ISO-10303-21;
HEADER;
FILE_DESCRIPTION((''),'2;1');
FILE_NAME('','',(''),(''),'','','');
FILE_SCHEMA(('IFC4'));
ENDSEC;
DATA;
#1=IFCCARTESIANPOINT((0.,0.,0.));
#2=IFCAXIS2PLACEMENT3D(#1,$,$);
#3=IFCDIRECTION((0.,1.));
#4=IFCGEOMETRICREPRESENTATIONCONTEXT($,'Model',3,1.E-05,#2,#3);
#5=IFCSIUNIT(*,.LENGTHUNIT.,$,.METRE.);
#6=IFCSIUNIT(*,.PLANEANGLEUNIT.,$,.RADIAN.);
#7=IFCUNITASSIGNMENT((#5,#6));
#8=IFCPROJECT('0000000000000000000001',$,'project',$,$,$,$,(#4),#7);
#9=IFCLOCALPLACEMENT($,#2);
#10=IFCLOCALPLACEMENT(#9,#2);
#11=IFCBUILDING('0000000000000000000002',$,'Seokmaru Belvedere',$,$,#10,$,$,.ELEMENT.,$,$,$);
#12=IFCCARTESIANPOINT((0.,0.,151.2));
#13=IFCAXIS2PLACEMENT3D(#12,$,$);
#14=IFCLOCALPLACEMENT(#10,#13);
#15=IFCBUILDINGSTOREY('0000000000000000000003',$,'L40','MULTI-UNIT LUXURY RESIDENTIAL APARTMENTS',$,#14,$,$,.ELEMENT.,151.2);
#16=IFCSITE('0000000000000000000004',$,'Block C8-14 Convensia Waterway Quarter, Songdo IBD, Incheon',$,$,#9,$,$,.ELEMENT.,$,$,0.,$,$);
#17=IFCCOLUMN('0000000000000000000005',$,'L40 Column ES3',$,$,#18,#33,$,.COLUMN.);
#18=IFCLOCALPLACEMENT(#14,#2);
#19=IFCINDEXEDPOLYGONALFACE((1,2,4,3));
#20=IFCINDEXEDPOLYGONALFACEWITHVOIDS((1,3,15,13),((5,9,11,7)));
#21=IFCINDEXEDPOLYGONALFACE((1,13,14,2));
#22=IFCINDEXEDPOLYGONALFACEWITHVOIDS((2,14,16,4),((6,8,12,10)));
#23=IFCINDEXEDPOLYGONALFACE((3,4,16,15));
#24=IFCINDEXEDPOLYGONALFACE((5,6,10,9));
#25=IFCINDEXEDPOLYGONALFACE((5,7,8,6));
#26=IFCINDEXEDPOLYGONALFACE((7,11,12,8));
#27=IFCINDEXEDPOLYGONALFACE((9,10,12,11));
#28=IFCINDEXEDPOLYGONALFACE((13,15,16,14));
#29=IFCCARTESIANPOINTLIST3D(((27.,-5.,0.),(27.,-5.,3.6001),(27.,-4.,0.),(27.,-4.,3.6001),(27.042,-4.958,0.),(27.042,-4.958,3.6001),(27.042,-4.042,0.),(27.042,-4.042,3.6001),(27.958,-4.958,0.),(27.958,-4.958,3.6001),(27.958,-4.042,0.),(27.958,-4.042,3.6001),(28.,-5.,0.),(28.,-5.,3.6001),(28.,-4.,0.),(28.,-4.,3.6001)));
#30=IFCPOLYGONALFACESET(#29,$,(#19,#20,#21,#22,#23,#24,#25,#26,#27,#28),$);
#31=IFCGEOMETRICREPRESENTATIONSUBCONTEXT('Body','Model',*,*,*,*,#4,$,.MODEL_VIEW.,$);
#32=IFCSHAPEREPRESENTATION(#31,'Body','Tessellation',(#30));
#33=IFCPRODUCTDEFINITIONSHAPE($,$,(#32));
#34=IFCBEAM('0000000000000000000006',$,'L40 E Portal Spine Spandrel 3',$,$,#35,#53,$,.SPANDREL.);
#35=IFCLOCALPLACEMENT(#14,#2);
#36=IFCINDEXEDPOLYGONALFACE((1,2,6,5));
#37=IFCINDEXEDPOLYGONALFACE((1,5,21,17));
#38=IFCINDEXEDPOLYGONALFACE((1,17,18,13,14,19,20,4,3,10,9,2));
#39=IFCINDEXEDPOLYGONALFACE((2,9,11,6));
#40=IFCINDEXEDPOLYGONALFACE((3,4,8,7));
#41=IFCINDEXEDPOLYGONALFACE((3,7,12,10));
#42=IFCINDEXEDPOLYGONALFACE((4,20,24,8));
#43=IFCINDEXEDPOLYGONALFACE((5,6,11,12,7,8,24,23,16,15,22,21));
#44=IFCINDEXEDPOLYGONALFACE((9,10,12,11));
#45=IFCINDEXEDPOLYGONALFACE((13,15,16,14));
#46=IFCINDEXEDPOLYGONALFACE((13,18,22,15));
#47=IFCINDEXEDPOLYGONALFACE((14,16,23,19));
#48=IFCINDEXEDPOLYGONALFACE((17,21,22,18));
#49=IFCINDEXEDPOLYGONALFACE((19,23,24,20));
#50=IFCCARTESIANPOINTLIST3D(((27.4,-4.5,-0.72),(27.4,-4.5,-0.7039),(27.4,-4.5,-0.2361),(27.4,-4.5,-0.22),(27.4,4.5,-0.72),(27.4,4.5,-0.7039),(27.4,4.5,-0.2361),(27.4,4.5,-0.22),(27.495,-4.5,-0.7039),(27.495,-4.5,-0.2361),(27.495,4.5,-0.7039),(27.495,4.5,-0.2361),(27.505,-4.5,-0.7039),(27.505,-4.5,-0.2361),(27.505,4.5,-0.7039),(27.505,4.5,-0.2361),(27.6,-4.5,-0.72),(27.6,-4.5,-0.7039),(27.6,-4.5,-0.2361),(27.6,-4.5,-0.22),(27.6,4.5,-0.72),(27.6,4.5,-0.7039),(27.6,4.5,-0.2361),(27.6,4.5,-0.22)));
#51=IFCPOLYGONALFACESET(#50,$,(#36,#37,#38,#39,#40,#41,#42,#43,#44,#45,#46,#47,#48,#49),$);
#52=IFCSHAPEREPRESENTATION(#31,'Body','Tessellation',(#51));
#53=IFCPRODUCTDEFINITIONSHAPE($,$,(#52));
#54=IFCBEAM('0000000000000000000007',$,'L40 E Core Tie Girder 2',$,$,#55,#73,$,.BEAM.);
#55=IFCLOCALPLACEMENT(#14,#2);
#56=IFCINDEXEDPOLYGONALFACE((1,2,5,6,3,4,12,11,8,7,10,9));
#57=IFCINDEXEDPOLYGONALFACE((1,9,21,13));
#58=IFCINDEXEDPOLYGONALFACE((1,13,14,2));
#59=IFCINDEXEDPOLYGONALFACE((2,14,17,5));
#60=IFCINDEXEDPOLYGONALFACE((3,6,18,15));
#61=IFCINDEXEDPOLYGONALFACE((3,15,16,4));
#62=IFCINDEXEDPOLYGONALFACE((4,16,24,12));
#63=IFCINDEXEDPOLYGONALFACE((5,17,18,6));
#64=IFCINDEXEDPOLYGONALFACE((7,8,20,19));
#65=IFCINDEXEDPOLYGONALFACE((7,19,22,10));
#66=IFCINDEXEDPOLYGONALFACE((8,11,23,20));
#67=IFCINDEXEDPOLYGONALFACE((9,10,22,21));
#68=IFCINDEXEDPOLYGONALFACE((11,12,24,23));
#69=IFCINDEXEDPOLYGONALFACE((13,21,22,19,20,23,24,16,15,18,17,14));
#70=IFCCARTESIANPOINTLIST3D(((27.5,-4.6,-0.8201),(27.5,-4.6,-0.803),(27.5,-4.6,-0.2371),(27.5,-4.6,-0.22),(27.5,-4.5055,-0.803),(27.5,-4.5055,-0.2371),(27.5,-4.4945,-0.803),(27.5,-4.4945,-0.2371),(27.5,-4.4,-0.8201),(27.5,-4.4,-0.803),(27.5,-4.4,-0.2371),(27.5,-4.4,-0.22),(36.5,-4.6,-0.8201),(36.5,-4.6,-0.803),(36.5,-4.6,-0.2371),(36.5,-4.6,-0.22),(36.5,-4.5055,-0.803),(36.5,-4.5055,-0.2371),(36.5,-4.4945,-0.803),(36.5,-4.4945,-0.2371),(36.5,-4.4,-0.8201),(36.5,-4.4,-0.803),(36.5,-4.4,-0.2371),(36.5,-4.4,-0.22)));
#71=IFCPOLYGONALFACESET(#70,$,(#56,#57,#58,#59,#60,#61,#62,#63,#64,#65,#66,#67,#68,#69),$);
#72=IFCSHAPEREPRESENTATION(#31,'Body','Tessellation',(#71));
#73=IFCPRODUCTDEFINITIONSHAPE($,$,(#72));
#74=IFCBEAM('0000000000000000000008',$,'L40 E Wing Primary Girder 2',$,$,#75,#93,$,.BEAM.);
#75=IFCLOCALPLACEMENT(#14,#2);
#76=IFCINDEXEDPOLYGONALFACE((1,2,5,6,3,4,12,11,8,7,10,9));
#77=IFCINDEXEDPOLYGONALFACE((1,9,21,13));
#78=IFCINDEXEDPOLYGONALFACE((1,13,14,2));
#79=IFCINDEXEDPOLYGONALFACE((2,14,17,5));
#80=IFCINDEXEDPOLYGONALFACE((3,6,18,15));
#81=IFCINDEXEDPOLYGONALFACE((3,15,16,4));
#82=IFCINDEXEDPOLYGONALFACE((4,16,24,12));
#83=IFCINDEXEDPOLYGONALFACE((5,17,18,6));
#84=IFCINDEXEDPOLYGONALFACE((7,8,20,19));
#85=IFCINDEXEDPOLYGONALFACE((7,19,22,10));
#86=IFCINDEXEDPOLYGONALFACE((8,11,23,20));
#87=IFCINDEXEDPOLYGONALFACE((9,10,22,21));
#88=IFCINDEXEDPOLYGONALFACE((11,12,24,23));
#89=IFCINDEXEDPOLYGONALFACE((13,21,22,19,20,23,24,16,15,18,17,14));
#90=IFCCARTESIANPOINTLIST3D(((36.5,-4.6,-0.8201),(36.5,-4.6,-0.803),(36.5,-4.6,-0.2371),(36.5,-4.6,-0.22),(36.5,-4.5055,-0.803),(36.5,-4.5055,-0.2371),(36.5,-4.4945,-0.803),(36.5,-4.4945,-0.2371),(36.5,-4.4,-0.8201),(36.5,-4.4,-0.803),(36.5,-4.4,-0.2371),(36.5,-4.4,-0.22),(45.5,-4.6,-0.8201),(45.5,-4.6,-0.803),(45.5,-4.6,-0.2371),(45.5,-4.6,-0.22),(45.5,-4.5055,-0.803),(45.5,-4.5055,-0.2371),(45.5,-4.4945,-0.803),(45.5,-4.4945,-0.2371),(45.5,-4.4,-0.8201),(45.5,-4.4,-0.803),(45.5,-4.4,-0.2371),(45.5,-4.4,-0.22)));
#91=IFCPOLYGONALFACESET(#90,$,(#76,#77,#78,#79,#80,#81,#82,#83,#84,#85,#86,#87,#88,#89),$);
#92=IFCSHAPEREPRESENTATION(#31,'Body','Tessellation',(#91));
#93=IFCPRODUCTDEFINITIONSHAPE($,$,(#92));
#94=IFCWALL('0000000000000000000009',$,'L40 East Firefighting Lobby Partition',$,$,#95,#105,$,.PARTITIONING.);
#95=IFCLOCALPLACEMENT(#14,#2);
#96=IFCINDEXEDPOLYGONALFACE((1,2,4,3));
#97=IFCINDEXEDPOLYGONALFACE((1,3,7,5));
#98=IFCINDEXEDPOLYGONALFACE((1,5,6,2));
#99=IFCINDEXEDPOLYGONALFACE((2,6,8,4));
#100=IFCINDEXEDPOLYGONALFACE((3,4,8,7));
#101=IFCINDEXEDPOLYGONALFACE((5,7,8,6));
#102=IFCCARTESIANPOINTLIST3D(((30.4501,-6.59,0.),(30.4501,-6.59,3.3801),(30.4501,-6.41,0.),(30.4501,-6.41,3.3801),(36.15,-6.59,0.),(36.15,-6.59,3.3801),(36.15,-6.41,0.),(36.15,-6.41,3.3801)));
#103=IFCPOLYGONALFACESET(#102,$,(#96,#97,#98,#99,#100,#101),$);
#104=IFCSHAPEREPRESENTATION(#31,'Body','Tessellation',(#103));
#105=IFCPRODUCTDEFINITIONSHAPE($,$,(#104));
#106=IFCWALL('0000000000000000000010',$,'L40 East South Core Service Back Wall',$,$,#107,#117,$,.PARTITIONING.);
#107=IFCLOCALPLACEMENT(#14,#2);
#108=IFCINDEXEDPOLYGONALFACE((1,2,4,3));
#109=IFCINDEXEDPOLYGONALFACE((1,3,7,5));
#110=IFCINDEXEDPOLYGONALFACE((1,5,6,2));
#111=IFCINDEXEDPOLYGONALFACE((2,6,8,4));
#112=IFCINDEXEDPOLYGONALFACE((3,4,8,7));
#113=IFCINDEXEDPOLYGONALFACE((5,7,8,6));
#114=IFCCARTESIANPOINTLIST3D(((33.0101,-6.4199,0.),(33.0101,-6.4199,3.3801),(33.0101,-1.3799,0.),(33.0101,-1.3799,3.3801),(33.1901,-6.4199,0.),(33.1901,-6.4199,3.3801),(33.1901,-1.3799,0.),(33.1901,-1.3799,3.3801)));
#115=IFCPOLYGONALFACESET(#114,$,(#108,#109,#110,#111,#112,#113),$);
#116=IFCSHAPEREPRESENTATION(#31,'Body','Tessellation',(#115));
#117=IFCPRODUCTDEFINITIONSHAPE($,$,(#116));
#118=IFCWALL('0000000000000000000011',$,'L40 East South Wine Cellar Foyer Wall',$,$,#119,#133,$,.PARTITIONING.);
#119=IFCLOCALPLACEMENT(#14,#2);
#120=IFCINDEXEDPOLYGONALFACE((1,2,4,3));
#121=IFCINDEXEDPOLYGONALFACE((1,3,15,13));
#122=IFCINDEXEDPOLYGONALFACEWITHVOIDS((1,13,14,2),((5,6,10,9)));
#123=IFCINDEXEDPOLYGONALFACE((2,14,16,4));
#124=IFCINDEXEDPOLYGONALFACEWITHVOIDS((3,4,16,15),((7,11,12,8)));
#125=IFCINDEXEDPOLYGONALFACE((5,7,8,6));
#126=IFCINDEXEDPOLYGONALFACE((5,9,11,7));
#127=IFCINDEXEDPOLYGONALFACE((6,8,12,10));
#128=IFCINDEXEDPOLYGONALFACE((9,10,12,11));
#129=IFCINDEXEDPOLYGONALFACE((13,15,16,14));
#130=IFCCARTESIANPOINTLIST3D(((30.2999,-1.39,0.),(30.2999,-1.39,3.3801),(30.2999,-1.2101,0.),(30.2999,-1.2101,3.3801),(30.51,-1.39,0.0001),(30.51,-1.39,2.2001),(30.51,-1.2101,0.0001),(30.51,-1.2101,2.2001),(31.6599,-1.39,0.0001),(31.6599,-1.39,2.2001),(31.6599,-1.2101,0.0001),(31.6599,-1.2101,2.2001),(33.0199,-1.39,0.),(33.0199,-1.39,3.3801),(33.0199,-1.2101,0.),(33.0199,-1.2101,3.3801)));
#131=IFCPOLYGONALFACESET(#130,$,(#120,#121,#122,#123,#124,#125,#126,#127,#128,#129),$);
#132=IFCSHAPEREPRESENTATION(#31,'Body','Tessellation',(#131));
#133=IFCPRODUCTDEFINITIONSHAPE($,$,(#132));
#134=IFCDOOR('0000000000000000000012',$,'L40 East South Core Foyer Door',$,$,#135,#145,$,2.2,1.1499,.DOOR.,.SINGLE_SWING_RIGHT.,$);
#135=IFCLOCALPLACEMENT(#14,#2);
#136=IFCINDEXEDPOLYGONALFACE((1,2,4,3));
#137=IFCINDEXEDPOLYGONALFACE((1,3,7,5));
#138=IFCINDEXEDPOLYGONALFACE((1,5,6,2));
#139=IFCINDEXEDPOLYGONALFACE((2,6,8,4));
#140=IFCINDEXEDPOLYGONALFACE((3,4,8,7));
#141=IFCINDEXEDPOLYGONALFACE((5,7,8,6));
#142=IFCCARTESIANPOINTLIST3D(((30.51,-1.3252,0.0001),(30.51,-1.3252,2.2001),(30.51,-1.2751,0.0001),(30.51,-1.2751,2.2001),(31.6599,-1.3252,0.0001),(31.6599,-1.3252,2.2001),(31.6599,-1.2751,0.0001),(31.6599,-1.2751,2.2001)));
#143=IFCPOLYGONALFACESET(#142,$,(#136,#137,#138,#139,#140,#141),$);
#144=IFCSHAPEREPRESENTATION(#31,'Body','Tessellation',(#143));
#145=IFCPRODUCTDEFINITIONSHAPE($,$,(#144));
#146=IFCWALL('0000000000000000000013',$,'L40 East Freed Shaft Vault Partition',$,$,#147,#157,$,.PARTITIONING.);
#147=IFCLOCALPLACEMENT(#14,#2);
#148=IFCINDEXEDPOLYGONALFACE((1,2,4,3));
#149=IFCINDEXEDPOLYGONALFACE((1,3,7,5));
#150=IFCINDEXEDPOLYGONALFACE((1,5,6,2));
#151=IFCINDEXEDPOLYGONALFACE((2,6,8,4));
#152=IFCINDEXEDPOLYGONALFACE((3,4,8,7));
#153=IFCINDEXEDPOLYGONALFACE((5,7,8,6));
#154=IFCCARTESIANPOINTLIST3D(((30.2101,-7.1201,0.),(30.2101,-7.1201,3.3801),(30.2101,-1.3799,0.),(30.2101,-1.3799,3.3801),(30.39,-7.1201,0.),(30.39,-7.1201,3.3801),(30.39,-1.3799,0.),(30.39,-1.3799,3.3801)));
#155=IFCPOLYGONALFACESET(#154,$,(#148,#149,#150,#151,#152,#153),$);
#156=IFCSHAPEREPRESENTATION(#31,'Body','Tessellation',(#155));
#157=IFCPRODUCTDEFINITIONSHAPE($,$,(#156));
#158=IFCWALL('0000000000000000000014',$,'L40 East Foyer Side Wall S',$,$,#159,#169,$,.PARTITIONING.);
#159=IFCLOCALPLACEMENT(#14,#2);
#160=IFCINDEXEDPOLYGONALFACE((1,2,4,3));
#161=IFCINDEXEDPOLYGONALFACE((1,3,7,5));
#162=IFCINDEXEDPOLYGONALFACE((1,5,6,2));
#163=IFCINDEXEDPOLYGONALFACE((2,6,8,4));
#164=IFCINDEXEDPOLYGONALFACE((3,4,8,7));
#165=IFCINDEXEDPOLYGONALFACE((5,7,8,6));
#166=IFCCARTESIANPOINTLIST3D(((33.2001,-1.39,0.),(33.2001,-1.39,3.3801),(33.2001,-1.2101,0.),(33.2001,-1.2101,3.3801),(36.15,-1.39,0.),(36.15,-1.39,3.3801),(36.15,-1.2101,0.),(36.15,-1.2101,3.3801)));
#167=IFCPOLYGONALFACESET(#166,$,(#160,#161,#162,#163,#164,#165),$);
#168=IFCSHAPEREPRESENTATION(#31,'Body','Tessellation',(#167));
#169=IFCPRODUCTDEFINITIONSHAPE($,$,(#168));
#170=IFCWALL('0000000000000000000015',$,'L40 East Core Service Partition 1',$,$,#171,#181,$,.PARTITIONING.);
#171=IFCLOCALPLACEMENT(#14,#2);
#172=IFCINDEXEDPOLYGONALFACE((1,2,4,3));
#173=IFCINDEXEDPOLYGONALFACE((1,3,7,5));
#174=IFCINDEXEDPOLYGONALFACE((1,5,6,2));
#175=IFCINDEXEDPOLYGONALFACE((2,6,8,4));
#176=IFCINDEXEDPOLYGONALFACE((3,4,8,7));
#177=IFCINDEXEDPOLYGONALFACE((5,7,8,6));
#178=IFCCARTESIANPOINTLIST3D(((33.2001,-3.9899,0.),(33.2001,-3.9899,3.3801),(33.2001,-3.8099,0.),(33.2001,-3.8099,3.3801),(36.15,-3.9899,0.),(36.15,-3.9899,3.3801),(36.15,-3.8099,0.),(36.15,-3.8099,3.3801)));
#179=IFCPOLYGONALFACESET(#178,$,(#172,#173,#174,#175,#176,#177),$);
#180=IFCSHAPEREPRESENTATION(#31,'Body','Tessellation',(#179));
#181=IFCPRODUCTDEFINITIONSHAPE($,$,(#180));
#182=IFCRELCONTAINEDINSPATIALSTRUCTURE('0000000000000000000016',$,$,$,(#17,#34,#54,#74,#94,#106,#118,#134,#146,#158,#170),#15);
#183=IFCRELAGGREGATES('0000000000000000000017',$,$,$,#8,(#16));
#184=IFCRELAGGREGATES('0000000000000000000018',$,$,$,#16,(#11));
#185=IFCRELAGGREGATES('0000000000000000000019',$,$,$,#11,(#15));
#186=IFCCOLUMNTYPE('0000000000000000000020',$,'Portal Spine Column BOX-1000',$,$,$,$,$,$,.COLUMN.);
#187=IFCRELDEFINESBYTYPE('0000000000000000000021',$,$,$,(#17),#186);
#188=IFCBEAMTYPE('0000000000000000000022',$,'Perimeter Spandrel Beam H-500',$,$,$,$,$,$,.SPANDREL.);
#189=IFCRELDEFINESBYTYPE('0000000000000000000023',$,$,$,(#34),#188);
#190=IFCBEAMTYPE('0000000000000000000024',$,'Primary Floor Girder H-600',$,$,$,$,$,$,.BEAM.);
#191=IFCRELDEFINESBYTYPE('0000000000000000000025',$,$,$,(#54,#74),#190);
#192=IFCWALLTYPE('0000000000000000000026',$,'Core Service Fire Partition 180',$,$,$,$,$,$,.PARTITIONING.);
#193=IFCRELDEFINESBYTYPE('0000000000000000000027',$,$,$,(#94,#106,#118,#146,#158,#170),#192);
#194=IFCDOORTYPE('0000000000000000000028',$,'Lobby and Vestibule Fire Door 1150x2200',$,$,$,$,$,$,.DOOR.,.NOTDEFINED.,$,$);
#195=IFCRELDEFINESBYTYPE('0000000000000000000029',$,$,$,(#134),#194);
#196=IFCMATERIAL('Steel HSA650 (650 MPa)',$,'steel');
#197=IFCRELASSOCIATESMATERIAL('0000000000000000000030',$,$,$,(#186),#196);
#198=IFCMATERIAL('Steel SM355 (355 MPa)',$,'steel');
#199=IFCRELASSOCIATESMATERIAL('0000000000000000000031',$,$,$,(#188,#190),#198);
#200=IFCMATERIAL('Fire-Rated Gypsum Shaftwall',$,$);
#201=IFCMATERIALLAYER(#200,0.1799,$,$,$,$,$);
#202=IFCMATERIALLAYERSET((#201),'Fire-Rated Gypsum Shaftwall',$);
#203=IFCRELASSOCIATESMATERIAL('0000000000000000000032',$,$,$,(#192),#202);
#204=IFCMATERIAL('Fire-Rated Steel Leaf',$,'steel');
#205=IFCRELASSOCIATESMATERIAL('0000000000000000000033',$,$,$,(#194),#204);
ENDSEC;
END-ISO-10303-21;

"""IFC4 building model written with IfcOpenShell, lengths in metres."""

from ifc_helpers import new_model, si_unit, direction, frame, frame_2d, origin, origin_2d, place, context, subcontext, project, spatial, rectangle, hollow_rectangle, i_section, extrude, source, transform, mapped, material, layer, layer_set, material_profile, profile_set, type_object, type_shapes, element, fill, save


model = new_model("IFC4")

# Units and contexts
model_context = context("Model", 3, precision=1e-05, world=origin(), true_north=direction((0.0, 1.0)))
body_context = subcontext(model_context, "Body", "Model", "MODEL_VIEW")
ifc_project = project(units=[si_unit("LENGTHUNIT", "METRE"), si_unit("PLANEANGLEUNIT", "RADIAN")], contexts=[model_context])

# Site, building, storey
site_placement = place(None, origin())
site = spatial("IfcSite", under=ifc_project, at=site_placement, Name="Block C8-14 Convensia Waterway Quarter, Songdo IBD, Incheon", CompositionType="ELEMENT", RefElevation=0.0)
building_placement = place(site_placement, origin())
building = spatial("IfcBuilding", under=site, at=building_placement, Name="Seokmaru Belvedere", CompositionType="ELEMENT")
storey_placement = place(building_placement, frame((0.0, 0.0, 151.2)))
storey = spatial("IfcBuildingStorey", under=building, at=storey_placement, Name="L40", Description="MULTI-UNIT LUXURY RESIDENTIAL APARTMENTS", CompositionType="ELEMENT", Elevation=151.2)

# Column
ifc_material_1 = material(Name="Steel HSA650 (650 MPa)", Category="steel")
ifc_material_profile_1 = material_profile(ifc_material_1, hollow_rectangle(XDim=1.0, YDim=1.0, WallThickness=0.042, at=origin_2d()), Name="BOX-1000x1000x42")
ifc_profile_set_1 = profile_set([ifc_material_profile_1], Name="Steel HSA650 (650 MPa)")
column_type = type_object("IfcColumnType", Name="Portal Spine Column BOX-1000", PredefinedType="COLUMN", material=ifc_profile_set_1)
shared_shape_1 = source(origin(), body_context, "Body", "SweptSolid", [
    extrude(hollow_rectangle(XDim=1.0, YDim=1.0, WallThickness=0.042, at=origin_2d()), origin(), (0.0, 0.0, 1.0), 3.6001),
])
type_shapes(column_type, [shared_shape_1])
column_placement = place(storey_placement, frame((27.5, -4.5, 0.0), z_axis=(0.0, 0.0, 1.0), x_axis=(1.0, 0.0, 0.0)))
element("IfcColumn", 1, at=column_placement, inside=storey, type_object=column_type, Name="L40 Column ES3", PredefinedType="COLUMN", context=body_context, shape_type="MappedRepresentation", body=[
    mapped(shared_shape_1, transform((0.0, 0.0, 0.0), scale=1.0)),
])

# Beams
ifc_material_2 = material(Name="Steel SM355 (355 MPa)", Category="steel")
ifc_material_profile_2 = material_profile(ifc_material_2, i_section(OverallWidth=0.2, OverallDepth=0.5, WebThickness=0.01, FlangeThickness=0.0161, at=origin_2d()), Name="H-500x200x10x16")
ifc_profile_set_2 = profile_set([ifc_material_profile_2], Name="Steel SM355 (355 MPa)")
beam_type_1 = type_object("IfcBeamType", Name="Perimeter Spandrel Beam H-500", PredefinedType="SPANDREL", material=ifc_profile_set_2)
shared_shape_2 = source(origin(), body_context, "Body", "SweptSolid", [
    extrude(i_section(OverallWidth=0.2, OverallDepth=0.5, WebThickness=0.01, FlangeThickness=0.0161, at=origin_2d()), origin(), (0.0, 0.0, 1.0), 9.0),
])
type_shapes(beam_type_1, [shared_shape_2])
beam_placement = place(storey_placement, frame((27.5, -4.5, -0.47), z_axis=(0.0, 1.0, 0.0), x_axis=(-1.0, 0.0, 0.0)))
element("IfcBeam", 2, at=beam_placement, inside=storey, type_object=beam_type_1, Name="L40 E Portal Spine Spandrel 3", PredefinedType="SPANDREL", context=body_context, shape_type="MappedRepresentation", body=[
    mapped(shared_shape_2, transform((0.0, 0.0, 0.0), scale=1.0)),
])
ifc_material_profile_3 = material_profile(ifc_material_2, i_section(OverallWidth=0.2, OverallDepth=0.6001, WebThickness=0.011, FlangeThickness=0.0171, at=origin_2d()), Name="H-600x200x11x17")
ifc_profile_set_3 = profile_set([ifc_material_profile_3], Name="Steel SM355 (355 MPa)")
beam_type_2 = type_object("IfcBeamType", Name="Primary Floor Girder H-600", PredefinedType="BEAM", material=ifc_profile_set_3)
shared_shape_3 = source(origin(), body_context, "Body", "SweptSolid", [
    extrude(i_section(OverallWidth=0.2, OverallDepth=0.6001, WebThickness=0.011, FlangeThickness=0.0171, at=origin_2d()), origin(), (0.0, 0.0, 1.0), 9.0),
])
type_shapes(beam_type_2, [shared_shape_3])
for number, where, z_axis, x_axis, name in (
    (3, (27.5, -4.5, -0.52), (1.0, 0.0, 0.0), (0.0, 1.0, 0.0), "L40 E Core Tie Girder 2"),
    (4, (36.5, -4.5, -0.52), (1.0, 0.0, 0.0), (0.0, 1.0, 0.0), "L40 E Wing Primary Girder 2"),
):
    element("IfcBeam", number, at=place(storey_placement, frame(where, z_axis=z_axis, x_axis=x_axis)), inside=storey, type_object=beam_type_2, Name=name, PredefinedType="BEAM", context=body_context, shape_type="MappedRepresentation", body=[
        mapped(shared_shape_3, transform((0.0, 0.0, 0.0), scale=1.0)),
    ])

# Walls
ifc_material_3 = material(Name="Fire-Rated Gypsum Shaftwall")
ifc_layer_1 = layer(ifc_material_3, 0.1799)
ifc_layer_set_1 = layer_set([ifc_layer_1], Name="Fire-Rated Gypsum Shaftwall")
wall_type_1 = type_object("IfcWallType", Name="Core Service Fire Partition 180", PredefinedType="PARTITIONING", material=ifc_layer_set_1)
wall_1_placement = place(storey_placement, frame((30.45, -6.5, 0.0), z_axis=(0.0, 0.0, 1.0), x_axis=(1.0, 0.0, 0.0)))
element("IfcWall", 5, at=wall_1_placement, inside=storey, type_object=wall_type_1, Name="L40 East Firefighting Lobby Partition", PredefinedType="PARTITIONING", context=body_context, shape_type="SweptSolid", body=[
    extrude(rectangle(XDim=5.7, YDim=0.1799, at=frame_2d((2.8501, 0.0))), origin(), (0.0, 0.0, 1.0), 3.3801),
])
wall_2_placement = place(storey_placement, frame((33.1001, -6.4199, 0.0), z_axis=(0.0, 0.0, 1.0), x_axis=(0.0, 1.0, 0.0)))
element("IfcWall", 6, at=wall_2_placement, inside=storey, type_object=wall_type_1, Name="L40 East South Core Service Back Wall", PredefinedType="PARTITIONING", context=body_context, shape_type="SweptSolid", body=[
    extrude(rectangle(XDim=5.04, YDim=0.1799, at=frame_2d((2.52, 0.0))), origin(), (0.0, 0.0, 1.0), 3.3801),
])

# Wall, opening, door
ifc_material_4 = material(Name="Fire-Rated Steel Leaf", Category="steel")
wall_3_placement = place(storey_placement, frame((30.3, -1.3, 0.0), z_axis=(0.0, 0.0, 1.0), x_axis=(1.0, 0.0, 0.0)))
wall_3 = element("IfcWall", 7, at=wall_3_placement, inside=storey, type_object=wall_type_1, Name="L40 East South Wine Cellar Foyer Wall", PredefinedType="PARTITIONING", context=body_context, shape_type="SweptSolid", body=[
    extrude(rectangle(XDim=2.72, YDim=0.1799, at=frame_2d((1.3599, 0.0))), origin(), (0.0, 0.0, 1.0), 3.3801),
])
opening_1_placement = place(wall_3_placement, frame((0.21, 0.0, 0.0)))
opening_1 = element("IfcOpeningElement", 8, at=opening_1_placement, cuts=wall_3, PredefinedType="OPENING", context=body_context, shape_type="SweptSolid", body=[
    extrude(rectangle(XDim=1.1499, YDim=2.2, at=frame_2d((0.575, 1.1001))), frame((0.0, 0.1001, 0.0), z_axis=(0.0, -1.0, 0.0), x_axis=(1.0, 0.0, 0.0)), (0.0, 0.0, 1.0), 0.2),
])
door_type_1 = type_object("IfcDoorType", Name="Lobby and Vestibule Fire Door 1150x2200", OperationType="NOTDEFINED", PredefinedType="DOOR", material=ifc_material_4)
shared_shape_4 = source(origin(), body_context, "Body", "SweptSolid", [
    extrude(rectangle(XDim=1.1499, YDim=2.2, at=frame_2d((0.575, 1.1001))), frame((0.0, 0.0249, 0.0), z_axis=(0.0, -1.0, 0.0), x_axis=(1.0, 0.0, 0.0)), (0.0, 0.0, 1.0), 0.05),
])
type_shapes(door_type_1, [shared_shape_4])
door_1_placement = place(opening_1_placement, origin())
door_1 = element("IfcDoor", 9, at=door_1_placement, inside=storey, type_object=door_type_1, Name="L40 East South Core Foyer Door", OperationType="SINGLE_SWING_RIGHT", OverallHeight=2.2, OverallWidth=1.1499, PredefinedType="DOOR", context=body_context, shape_type="MappedRepresentation", body=[
    mapped(shared_shape_4, transform((0.0, 0.0, 0.0), scale=1.0)),
])
fill(opening_1, door_1)

# Walls
wall_4_placement = place(storey_placement, frame((30.3, -7.1201, 0.0), z_axis=(0.0, 0.0, 1.0), x_axis=(0.0, 1.0, 0.0)))
element("IfcWall", 10, at=wall_4_placement, inside=storey, type_object=wall_type_1, Name="L40 East Freed Shaft Vault Partition", PredefinedType="PARTITIONING", context=body_context, shape_type="SweptSolid", body=[
    extrude(rectangle(XDim=5.7402, YDim=0.1799, at=frame_2d((2.8701, 0.0))), origin(), (0.0, 0.0, 1.0), 3.3801),
])
for number, where, z_axis, x_axis, name in (
    (11, (33.2, -1.3, 0.0), (0.0, 0.0, 1.0), (1.0, 0.0, 0.0), "L40 East Foyer Side Wall S"),
    (12, (33.2, -3.8999, 0.0), (0.0, 0.0, 1.0), (1.0, 0.0, 0.0), "L40 East Core Service Partition 1"),
):
    element("IfcWall", number, at=place(storey_placement, frame(where, z_axis=z_axis, x_axis=x_axis)), inside=storey, type_object=wall_type_1, Name=name, PredefinedType="PARTITIONING", context=body_context, shape_type="SweptSolid", body=[
        extrude(rectangle(XDim=2.95, YDim=0.1799, at=frame_2d((1.4751, 0.0))), origin(), (0.0, 0.0, 1.0), 3.3801),
    ])

save(model, "model.ifc")
